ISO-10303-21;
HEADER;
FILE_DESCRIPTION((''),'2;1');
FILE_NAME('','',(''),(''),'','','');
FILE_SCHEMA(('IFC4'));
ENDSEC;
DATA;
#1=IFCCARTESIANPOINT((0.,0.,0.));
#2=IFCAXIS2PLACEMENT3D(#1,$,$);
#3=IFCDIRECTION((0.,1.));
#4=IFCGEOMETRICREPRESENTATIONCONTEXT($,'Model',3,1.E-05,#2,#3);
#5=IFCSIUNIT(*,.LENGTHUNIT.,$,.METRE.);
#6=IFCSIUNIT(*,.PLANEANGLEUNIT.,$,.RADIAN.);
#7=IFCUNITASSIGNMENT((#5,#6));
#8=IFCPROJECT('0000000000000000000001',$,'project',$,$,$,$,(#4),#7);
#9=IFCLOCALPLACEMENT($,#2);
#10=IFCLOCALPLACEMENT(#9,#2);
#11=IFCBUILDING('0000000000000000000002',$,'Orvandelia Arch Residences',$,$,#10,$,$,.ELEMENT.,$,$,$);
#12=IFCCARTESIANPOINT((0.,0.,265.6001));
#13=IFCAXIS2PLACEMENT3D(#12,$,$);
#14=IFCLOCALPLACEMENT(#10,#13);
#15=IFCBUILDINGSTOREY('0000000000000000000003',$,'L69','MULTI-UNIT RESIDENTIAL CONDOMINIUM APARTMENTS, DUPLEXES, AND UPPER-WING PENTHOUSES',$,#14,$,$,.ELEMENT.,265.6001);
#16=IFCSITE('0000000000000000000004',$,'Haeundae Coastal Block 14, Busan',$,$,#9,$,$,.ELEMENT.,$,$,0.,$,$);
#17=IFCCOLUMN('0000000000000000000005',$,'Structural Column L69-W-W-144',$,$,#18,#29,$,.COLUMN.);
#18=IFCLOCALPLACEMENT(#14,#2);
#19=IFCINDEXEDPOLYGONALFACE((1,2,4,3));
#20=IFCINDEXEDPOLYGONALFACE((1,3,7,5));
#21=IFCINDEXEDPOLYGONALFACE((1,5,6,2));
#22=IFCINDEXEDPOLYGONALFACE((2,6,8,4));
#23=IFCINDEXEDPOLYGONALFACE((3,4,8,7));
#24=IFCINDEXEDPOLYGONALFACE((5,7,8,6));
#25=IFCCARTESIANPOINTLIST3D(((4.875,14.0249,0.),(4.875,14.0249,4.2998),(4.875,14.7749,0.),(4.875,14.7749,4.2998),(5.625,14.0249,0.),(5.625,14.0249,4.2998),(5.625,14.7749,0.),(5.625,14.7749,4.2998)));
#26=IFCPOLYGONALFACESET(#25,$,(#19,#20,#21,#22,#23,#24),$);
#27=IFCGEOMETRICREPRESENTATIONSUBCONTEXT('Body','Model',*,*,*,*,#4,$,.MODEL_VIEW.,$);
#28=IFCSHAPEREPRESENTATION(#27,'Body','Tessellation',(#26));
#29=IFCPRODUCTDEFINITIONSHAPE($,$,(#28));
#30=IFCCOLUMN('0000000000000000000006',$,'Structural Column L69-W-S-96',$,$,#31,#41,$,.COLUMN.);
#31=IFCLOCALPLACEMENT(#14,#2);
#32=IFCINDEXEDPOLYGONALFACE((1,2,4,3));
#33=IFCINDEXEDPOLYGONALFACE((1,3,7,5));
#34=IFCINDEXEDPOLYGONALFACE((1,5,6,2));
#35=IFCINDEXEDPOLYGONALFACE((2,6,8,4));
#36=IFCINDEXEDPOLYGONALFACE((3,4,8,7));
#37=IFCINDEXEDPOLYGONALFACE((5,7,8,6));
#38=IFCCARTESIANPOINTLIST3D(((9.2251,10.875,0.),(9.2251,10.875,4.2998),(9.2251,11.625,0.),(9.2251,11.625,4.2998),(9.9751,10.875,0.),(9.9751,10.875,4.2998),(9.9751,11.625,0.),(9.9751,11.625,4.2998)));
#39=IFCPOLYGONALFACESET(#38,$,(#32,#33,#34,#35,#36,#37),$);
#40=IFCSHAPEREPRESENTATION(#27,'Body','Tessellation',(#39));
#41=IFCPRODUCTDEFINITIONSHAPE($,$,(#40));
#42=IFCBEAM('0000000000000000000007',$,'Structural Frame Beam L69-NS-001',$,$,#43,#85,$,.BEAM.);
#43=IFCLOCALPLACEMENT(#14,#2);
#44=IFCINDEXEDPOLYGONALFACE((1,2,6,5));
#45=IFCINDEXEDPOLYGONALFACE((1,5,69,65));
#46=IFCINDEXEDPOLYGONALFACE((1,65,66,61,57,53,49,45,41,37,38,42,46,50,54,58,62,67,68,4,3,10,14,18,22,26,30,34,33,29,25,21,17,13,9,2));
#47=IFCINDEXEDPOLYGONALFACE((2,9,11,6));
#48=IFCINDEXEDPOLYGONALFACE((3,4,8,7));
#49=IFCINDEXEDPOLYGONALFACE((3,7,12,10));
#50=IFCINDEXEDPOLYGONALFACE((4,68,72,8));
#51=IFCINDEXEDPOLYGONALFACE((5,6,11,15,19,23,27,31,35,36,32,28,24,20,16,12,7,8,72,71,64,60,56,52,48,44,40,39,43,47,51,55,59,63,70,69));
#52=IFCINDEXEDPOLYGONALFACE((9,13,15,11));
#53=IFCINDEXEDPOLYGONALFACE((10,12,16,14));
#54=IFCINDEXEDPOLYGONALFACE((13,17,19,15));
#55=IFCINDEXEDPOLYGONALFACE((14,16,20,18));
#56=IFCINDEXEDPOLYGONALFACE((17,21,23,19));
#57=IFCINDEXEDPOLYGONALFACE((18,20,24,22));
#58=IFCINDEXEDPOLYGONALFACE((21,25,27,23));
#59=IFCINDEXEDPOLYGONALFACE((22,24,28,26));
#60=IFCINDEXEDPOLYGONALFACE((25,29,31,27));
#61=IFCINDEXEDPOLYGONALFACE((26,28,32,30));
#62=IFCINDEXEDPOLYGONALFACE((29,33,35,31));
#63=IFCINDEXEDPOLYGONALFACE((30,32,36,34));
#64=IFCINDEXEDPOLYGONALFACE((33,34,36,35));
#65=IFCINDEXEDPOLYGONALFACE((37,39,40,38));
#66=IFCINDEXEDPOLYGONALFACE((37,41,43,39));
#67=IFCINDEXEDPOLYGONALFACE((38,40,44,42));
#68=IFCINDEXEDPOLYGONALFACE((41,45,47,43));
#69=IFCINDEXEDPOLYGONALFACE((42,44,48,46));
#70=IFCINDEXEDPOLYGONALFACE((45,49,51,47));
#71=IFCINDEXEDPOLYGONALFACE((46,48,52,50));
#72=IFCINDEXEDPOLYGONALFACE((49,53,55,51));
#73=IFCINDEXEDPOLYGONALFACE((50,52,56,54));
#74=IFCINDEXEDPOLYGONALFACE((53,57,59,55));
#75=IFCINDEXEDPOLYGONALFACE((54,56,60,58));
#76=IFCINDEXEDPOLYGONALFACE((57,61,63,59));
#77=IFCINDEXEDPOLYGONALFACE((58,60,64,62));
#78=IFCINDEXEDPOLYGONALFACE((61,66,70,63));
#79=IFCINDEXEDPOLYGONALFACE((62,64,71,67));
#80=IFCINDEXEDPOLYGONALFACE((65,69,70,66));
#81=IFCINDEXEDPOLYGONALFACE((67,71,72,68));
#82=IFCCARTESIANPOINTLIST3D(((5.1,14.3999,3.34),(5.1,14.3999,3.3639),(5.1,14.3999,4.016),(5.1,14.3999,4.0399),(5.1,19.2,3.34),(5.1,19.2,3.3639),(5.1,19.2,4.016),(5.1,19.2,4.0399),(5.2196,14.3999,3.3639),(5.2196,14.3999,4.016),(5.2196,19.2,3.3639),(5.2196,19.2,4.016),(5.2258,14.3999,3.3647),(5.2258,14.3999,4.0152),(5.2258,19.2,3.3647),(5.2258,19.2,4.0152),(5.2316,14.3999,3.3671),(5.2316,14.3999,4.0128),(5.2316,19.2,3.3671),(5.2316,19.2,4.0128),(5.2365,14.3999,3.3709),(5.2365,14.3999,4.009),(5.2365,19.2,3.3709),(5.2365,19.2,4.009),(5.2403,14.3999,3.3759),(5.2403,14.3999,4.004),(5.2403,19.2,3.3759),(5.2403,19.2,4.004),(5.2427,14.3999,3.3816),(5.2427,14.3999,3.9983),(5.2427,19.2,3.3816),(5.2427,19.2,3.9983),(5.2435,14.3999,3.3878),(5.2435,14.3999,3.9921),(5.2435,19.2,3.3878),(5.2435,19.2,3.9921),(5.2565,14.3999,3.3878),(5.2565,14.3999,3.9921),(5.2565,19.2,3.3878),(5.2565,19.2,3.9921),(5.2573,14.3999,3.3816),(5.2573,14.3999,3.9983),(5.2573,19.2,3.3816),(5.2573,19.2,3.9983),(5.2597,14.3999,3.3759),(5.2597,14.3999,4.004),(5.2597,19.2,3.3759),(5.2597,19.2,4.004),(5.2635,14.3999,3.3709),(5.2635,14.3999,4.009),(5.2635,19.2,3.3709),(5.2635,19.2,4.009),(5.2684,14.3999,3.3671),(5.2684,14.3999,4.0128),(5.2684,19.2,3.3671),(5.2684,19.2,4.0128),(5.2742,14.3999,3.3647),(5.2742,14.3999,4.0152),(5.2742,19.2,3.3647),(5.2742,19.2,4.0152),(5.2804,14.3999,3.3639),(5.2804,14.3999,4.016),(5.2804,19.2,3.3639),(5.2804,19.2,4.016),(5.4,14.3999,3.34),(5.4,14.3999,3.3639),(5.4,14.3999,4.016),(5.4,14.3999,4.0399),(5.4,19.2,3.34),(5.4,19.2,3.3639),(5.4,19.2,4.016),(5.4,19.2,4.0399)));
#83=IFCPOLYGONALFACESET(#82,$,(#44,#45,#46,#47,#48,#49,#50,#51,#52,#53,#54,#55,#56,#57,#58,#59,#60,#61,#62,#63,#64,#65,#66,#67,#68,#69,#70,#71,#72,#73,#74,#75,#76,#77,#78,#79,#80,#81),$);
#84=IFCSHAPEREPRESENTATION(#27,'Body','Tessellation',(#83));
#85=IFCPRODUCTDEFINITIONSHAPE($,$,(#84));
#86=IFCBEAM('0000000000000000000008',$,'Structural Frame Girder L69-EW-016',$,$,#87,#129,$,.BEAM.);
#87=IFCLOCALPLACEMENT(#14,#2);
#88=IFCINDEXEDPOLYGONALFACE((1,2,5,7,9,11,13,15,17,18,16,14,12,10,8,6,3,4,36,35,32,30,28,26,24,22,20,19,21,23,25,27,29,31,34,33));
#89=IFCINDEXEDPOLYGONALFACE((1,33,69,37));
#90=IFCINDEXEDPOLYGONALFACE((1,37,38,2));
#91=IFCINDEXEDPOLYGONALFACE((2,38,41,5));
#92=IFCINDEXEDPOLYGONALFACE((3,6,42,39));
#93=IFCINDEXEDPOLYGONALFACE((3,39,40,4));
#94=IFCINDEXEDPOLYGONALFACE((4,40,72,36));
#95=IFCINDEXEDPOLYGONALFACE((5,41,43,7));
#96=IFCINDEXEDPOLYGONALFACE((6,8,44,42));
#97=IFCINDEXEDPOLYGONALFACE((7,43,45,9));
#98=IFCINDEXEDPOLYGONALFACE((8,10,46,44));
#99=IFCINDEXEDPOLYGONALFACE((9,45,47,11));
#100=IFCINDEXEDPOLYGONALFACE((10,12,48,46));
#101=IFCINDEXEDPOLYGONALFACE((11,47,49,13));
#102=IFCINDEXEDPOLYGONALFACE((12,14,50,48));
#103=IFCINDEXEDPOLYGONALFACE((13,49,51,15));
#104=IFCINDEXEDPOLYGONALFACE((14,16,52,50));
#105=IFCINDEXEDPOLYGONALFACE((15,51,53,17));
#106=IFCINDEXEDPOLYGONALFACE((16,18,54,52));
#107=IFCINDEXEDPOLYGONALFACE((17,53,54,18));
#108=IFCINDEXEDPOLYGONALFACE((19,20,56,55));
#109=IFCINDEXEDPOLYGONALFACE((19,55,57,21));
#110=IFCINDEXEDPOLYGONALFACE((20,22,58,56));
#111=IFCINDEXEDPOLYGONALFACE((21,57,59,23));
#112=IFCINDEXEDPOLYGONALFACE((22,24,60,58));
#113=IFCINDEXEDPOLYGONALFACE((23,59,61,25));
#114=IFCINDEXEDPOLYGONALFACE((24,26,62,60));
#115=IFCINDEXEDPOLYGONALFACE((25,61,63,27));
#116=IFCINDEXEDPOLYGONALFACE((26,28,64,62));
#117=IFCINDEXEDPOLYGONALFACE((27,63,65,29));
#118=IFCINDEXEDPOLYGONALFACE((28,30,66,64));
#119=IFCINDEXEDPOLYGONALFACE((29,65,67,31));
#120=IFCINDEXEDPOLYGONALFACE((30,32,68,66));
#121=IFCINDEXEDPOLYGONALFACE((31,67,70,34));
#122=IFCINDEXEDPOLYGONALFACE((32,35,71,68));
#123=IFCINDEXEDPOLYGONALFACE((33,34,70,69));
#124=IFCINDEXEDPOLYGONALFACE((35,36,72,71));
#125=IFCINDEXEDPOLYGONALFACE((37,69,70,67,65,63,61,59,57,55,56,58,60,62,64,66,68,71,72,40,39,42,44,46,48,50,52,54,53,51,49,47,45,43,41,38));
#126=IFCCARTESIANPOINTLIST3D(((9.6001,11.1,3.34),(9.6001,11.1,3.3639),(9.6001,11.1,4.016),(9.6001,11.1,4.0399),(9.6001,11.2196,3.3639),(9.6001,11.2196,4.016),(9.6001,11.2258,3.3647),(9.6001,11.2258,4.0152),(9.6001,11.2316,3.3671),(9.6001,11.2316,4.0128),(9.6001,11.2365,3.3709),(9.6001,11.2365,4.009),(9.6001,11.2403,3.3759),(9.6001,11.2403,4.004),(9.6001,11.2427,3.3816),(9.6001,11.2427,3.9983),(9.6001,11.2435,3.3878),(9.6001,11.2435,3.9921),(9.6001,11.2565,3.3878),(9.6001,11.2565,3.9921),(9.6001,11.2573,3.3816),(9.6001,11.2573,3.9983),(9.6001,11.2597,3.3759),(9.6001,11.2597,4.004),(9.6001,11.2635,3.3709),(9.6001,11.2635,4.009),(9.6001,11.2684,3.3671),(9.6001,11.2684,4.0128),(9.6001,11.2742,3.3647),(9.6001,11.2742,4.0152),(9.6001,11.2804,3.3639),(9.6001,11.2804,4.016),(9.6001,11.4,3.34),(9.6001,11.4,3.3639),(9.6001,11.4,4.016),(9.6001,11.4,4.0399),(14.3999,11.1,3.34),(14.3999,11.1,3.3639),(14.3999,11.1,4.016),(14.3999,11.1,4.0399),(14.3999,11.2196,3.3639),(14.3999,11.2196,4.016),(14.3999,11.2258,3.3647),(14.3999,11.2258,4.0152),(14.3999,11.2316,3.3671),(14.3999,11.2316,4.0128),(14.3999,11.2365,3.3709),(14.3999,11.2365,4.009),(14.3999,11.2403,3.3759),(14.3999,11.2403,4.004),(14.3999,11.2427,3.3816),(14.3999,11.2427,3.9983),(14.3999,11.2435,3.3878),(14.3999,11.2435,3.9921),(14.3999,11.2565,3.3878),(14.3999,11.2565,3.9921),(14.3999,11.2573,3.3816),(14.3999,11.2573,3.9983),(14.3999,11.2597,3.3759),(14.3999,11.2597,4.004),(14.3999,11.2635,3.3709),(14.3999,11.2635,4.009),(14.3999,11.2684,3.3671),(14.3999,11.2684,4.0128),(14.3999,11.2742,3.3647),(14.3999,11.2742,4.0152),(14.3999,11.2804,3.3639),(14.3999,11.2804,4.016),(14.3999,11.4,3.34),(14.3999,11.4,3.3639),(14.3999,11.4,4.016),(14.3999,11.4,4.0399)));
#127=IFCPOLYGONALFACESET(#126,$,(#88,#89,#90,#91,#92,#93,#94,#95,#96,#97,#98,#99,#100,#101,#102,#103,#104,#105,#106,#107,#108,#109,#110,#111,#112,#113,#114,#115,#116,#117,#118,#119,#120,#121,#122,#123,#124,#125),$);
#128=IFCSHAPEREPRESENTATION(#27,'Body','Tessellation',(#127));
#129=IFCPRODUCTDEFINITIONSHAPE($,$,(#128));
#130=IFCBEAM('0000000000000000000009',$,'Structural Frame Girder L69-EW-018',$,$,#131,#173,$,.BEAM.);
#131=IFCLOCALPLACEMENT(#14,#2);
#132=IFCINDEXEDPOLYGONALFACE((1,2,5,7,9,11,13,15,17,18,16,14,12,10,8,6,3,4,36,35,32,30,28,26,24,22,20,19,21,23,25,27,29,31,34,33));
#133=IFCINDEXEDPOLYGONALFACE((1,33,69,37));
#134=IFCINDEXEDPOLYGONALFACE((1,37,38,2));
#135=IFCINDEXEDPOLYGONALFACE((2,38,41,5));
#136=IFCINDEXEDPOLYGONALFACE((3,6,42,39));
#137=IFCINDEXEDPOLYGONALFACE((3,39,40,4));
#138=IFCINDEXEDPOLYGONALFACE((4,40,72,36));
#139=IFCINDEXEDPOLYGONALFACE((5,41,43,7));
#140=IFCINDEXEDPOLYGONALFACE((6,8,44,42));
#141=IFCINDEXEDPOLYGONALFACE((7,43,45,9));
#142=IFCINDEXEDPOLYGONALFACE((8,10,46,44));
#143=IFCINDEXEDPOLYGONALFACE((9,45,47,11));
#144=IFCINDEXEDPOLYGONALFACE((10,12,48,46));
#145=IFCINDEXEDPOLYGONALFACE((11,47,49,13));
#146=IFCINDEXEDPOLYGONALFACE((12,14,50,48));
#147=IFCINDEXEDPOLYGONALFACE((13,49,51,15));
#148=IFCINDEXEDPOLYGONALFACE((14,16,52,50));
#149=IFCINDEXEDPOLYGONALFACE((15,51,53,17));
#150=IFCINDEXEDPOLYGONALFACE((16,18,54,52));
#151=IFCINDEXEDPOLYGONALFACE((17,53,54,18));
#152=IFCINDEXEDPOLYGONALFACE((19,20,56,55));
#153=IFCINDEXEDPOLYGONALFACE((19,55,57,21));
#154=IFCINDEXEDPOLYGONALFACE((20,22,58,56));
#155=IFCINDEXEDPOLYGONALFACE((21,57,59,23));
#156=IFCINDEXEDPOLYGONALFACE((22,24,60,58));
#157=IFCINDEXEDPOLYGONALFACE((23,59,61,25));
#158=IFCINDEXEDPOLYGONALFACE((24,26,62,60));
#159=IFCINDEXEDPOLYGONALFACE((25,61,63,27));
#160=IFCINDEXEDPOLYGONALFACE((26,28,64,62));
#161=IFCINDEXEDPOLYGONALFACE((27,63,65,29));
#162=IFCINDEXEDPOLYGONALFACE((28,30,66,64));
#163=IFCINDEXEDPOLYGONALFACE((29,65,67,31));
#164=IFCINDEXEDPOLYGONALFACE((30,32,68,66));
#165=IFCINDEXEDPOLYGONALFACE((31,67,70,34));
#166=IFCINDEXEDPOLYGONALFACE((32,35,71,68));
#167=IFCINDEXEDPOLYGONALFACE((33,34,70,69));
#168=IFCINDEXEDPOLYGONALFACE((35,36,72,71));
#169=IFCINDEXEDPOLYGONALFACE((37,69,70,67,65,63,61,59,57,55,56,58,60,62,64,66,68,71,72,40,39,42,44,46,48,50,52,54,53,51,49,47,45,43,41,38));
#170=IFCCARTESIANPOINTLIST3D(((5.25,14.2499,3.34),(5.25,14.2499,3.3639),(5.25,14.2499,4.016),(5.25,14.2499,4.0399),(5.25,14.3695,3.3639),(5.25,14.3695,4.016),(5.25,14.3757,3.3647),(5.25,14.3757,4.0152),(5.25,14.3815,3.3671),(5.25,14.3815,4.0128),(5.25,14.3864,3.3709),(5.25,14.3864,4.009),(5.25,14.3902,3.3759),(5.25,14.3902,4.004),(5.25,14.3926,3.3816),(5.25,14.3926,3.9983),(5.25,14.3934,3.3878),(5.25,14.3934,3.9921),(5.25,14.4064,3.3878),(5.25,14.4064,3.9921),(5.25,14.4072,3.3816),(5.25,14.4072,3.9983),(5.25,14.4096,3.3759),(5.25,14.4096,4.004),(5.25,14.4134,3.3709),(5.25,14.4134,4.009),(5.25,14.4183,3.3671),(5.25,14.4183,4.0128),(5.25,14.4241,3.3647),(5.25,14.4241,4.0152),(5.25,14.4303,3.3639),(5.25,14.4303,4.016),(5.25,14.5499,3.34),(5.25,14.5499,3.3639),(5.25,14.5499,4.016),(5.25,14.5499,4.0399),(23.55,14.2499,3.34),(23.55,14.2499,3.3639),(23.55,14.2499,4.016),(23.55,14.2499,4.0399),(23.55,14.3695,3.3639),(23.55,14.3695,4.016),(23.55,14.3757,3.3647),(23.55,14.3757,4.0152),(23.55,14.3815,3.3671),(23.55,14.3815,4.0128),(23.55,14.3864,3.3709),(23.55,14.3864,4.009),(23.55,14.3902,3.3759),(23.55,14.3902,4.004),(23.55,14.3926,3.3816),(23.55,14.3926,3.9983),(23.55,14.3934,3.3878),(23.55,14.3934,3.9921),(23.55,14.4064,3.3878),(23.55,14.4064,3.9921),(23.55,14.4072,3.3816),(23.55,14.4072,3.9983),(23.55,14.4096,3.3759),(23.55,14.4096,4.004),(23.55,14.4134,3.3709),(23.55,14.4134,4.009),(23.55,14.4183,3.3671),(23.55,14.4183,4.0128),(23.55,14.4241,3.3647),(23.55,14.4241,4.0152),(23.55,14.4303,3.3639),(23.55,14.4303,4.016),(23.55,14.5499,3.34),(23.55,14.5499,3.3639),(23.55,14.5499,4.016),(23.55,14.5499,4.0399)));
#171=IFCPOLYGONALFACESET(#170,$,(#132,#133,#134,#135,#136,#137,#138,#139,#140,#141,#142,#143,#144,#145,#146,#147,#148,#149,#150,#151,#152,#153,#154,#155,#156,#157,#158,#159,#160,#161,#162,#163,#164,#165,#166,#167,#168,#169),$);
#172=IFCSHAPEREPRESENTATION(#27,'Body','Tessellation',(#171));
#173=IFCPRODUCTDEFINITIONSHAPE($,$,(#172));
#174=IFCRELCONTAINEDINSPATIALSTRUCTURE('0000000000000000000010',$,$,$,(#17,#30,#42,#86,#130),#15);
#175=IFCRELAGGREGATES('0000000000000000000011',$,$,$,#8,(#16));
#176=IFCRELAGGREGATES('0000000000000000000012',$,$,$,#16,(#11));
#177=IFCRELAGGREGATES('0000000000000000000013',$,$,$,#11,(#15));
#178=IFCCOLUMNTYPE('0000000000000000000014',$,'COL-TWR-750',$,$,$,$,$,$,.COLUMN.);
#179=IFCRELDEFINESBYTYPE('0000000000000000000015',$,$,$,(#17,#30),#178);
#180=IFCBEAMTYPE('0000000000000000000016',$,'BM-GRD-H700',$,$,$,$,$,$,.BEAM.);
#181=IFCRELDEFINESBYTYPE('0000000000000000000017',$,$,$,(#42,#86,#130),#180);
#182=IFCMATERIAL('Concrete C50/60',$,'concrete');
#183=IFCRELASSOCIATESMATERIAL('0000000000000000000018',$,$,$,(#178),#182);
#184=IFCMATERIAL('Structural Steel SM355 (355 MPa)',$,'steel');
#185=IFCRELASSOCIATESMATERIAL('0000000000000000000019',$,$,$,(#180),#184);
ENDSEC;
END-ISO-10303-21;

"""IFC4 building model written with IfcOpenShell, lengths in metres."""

from ifc_helpers import new_model, si_unit, direction, frame, origin, origin_2d, place, context, subcontext, project, spatial, rectangle, i_section, extrude, material, material_profile, profile_set, type_object, element, save


model = new_model("IFC4")

# Units and contexts
model_context = context("Model", 3, precision=1e-05, world=origin(), true_north=direction((0.0, 1.0)))
body_context = subcontext(model_context, "Body", "Model", "MODEL_VIEW")
ifc_project = project(units=[si_unit("LENGTHUNIT", "METRE"), si_unit("PLANEANGLEUNIT", "RADIAN")], contexts=[model_context])

# Site, building, storey
site_placement = place(None, origin())
site = spatial("IfcSite", under=ifc_project, at=site_placement, Name="Haeundae Coastal Block 14, Busan", CompositionType="ELEMENT", RefElevation=0.0)
building_placement = place(site_placement, origin())
building = spatial("IfcBuilding", under=site, at=building_placement, Name="Orvandelia Arch Residences", CompositionType="ELEMENT")
storey_placement = place(building_placement, frame((0.0, 0.0, 265.6001)))
storey = spatial("IfcBuildingStorey", under=building, at=storey_placement, Name="L69", Description="MULTI-UNIT RESIDENTIAL CONDOMINIUM APARTMENTS, DUPLEXES, AND UPPER-WING PENTHOUSES", CompositionType="ELEMENT", Elevation=265.6001)

# Columns
ifc_material_1 = material(Name="Concrete C50/60", Category="concrete")
ifc_material_profile_1 = material_profile(ifc_material_1, rectangle(XDim=0.75, YDim=0.75, at=origin_2d()), Name="Concrete C50/60", Category="concrete")
ifc_profile_set_1 = profile_set([ifc_material_profile_1], Name="Concrete C50/60")
column_type = type_object("IfcColumnType", Name="COL-TWR-750", PredefinedType="COLUMN", material=ifc_profile_set_1)
for number, where, z_axis, x_axis, name in (
    (1, (5.25, 14.3999, 0.0), (0.0, 0.0, 1.0), (1.0, 0.0, 0.0), "Structural Column L69-W-W-144"),
    (2, (9.6001, 11.25, 0.0), (0.0, 0.0, 1.0), (1.0, 0.0, 0.0), "Structural Column L69-W-S-96"),
):
    element("IfcColumn", number, at=place(storey_placement, frame(where, z_axis=z_axis, x_axis=x_axis)), inside=storey, type_object=column_type, Name=name, PredefinedType="COLUMN", context=body_context, shape_type="SweptSolid", body=[
        extrude(rectangle(XDim=0.75, YDim=0.75, at=origin_2d()), origin(), (0.0, 0.0, 1.0), 4.2998),
    ])

# Beams
ifc_material_2 = material(Name="Structural Steel SM355 (355 MPa)", Category="steel")
ifc_material_profile_2 = material_profile(ifc_material_2, i_section(OverallWidth=0.3, OverallDepth=0.7, WebThickness=0.0129, FlangeThickness=0.0239, FilletRadius=0.0239, at=origin_2d()), Name="Structural Steel SM355 (355 MPa)", Category="steel")
ifc_profile_set_2 = profile_set([ifc_material_profile_2], Name="Structural Steel SM355 (355 MPa)")
beam_type_1 = type_object("IfcBeamType", Name="BM-GRD-H700", PredefinedType="BEAM", material=ifc_profile_set_2)
beam_1_placement = place(storey_placement, frame((5.25, 14.3999, 3.6899), z_axis=(0.0, 1.0, 0.0), x_axis=(-1.0, 0.0, 0.0)))
element("IfcBeam", 3, at=beam_1_placement, inside=storey, type_object=beam_type_1, Name="Structural Frame Beam L69-NS-001", PredefinedType="BEAM", context=body_context, shape_type="SweptSolid", body=[
    extrude(i_section(OverallWidth=0.3, OverallDepth=0.7, WebThickness=0.0129, FlangeThickness=0.0239, FilletRadius=0.0239, at=origin_2d()), origin(), (0.0, 0.0, 1.0), 4.8),
])
beam_2_placement = place(storey_placement, frame((9.6001, 11.25, 3.6899), z_axis=(1.0, 0.0, 0.0), x_axis=(0.0, 1.0, 0.0)))
element("IfcBeam", 4, at=beam_2_placement, inside=storey, type_object=beam_type_1, Name="Structural Frame Girder L69-EW-016", PredefinedType="BEAM", context=body_context, shape_type="SweptSolid", body=[
    extrude(i_section(OverallWidth=0.3, OverallDepth=0.7, WebThickness=0.0129, FlangeThickness=0.0239, FilletRadius=0.0239, at=origin_2d()), origin(), (0.0, 0.0, 1.0), 4.7998),
])
beam_3_placement = place(storey_placement, frame((5.25, 14.3999, 3.6899), z_axis=(1.0, 0.0, 0.0), x_axis=(0.0, 1.0, 0.0)))
element("IfcBeam", 5, at=beam_3_placement, inside=storey, type_object=beam_type_1, Name="Structural Frame Girder L69-EW-018", PredefinedType="BEAM", context=body_context, shape_type="SweptSolid", body=[
    extrude(i_section(OverallWidth=0.3, OverallDepth=0.7, WebThickness=0.0129, FlangeThickness=0.0239, FilletRadius=0.0239, at=origin_2d()), origin(), (0.0, 0.0, 1.0), 18.3),
])

save(model, "model.ifc")
